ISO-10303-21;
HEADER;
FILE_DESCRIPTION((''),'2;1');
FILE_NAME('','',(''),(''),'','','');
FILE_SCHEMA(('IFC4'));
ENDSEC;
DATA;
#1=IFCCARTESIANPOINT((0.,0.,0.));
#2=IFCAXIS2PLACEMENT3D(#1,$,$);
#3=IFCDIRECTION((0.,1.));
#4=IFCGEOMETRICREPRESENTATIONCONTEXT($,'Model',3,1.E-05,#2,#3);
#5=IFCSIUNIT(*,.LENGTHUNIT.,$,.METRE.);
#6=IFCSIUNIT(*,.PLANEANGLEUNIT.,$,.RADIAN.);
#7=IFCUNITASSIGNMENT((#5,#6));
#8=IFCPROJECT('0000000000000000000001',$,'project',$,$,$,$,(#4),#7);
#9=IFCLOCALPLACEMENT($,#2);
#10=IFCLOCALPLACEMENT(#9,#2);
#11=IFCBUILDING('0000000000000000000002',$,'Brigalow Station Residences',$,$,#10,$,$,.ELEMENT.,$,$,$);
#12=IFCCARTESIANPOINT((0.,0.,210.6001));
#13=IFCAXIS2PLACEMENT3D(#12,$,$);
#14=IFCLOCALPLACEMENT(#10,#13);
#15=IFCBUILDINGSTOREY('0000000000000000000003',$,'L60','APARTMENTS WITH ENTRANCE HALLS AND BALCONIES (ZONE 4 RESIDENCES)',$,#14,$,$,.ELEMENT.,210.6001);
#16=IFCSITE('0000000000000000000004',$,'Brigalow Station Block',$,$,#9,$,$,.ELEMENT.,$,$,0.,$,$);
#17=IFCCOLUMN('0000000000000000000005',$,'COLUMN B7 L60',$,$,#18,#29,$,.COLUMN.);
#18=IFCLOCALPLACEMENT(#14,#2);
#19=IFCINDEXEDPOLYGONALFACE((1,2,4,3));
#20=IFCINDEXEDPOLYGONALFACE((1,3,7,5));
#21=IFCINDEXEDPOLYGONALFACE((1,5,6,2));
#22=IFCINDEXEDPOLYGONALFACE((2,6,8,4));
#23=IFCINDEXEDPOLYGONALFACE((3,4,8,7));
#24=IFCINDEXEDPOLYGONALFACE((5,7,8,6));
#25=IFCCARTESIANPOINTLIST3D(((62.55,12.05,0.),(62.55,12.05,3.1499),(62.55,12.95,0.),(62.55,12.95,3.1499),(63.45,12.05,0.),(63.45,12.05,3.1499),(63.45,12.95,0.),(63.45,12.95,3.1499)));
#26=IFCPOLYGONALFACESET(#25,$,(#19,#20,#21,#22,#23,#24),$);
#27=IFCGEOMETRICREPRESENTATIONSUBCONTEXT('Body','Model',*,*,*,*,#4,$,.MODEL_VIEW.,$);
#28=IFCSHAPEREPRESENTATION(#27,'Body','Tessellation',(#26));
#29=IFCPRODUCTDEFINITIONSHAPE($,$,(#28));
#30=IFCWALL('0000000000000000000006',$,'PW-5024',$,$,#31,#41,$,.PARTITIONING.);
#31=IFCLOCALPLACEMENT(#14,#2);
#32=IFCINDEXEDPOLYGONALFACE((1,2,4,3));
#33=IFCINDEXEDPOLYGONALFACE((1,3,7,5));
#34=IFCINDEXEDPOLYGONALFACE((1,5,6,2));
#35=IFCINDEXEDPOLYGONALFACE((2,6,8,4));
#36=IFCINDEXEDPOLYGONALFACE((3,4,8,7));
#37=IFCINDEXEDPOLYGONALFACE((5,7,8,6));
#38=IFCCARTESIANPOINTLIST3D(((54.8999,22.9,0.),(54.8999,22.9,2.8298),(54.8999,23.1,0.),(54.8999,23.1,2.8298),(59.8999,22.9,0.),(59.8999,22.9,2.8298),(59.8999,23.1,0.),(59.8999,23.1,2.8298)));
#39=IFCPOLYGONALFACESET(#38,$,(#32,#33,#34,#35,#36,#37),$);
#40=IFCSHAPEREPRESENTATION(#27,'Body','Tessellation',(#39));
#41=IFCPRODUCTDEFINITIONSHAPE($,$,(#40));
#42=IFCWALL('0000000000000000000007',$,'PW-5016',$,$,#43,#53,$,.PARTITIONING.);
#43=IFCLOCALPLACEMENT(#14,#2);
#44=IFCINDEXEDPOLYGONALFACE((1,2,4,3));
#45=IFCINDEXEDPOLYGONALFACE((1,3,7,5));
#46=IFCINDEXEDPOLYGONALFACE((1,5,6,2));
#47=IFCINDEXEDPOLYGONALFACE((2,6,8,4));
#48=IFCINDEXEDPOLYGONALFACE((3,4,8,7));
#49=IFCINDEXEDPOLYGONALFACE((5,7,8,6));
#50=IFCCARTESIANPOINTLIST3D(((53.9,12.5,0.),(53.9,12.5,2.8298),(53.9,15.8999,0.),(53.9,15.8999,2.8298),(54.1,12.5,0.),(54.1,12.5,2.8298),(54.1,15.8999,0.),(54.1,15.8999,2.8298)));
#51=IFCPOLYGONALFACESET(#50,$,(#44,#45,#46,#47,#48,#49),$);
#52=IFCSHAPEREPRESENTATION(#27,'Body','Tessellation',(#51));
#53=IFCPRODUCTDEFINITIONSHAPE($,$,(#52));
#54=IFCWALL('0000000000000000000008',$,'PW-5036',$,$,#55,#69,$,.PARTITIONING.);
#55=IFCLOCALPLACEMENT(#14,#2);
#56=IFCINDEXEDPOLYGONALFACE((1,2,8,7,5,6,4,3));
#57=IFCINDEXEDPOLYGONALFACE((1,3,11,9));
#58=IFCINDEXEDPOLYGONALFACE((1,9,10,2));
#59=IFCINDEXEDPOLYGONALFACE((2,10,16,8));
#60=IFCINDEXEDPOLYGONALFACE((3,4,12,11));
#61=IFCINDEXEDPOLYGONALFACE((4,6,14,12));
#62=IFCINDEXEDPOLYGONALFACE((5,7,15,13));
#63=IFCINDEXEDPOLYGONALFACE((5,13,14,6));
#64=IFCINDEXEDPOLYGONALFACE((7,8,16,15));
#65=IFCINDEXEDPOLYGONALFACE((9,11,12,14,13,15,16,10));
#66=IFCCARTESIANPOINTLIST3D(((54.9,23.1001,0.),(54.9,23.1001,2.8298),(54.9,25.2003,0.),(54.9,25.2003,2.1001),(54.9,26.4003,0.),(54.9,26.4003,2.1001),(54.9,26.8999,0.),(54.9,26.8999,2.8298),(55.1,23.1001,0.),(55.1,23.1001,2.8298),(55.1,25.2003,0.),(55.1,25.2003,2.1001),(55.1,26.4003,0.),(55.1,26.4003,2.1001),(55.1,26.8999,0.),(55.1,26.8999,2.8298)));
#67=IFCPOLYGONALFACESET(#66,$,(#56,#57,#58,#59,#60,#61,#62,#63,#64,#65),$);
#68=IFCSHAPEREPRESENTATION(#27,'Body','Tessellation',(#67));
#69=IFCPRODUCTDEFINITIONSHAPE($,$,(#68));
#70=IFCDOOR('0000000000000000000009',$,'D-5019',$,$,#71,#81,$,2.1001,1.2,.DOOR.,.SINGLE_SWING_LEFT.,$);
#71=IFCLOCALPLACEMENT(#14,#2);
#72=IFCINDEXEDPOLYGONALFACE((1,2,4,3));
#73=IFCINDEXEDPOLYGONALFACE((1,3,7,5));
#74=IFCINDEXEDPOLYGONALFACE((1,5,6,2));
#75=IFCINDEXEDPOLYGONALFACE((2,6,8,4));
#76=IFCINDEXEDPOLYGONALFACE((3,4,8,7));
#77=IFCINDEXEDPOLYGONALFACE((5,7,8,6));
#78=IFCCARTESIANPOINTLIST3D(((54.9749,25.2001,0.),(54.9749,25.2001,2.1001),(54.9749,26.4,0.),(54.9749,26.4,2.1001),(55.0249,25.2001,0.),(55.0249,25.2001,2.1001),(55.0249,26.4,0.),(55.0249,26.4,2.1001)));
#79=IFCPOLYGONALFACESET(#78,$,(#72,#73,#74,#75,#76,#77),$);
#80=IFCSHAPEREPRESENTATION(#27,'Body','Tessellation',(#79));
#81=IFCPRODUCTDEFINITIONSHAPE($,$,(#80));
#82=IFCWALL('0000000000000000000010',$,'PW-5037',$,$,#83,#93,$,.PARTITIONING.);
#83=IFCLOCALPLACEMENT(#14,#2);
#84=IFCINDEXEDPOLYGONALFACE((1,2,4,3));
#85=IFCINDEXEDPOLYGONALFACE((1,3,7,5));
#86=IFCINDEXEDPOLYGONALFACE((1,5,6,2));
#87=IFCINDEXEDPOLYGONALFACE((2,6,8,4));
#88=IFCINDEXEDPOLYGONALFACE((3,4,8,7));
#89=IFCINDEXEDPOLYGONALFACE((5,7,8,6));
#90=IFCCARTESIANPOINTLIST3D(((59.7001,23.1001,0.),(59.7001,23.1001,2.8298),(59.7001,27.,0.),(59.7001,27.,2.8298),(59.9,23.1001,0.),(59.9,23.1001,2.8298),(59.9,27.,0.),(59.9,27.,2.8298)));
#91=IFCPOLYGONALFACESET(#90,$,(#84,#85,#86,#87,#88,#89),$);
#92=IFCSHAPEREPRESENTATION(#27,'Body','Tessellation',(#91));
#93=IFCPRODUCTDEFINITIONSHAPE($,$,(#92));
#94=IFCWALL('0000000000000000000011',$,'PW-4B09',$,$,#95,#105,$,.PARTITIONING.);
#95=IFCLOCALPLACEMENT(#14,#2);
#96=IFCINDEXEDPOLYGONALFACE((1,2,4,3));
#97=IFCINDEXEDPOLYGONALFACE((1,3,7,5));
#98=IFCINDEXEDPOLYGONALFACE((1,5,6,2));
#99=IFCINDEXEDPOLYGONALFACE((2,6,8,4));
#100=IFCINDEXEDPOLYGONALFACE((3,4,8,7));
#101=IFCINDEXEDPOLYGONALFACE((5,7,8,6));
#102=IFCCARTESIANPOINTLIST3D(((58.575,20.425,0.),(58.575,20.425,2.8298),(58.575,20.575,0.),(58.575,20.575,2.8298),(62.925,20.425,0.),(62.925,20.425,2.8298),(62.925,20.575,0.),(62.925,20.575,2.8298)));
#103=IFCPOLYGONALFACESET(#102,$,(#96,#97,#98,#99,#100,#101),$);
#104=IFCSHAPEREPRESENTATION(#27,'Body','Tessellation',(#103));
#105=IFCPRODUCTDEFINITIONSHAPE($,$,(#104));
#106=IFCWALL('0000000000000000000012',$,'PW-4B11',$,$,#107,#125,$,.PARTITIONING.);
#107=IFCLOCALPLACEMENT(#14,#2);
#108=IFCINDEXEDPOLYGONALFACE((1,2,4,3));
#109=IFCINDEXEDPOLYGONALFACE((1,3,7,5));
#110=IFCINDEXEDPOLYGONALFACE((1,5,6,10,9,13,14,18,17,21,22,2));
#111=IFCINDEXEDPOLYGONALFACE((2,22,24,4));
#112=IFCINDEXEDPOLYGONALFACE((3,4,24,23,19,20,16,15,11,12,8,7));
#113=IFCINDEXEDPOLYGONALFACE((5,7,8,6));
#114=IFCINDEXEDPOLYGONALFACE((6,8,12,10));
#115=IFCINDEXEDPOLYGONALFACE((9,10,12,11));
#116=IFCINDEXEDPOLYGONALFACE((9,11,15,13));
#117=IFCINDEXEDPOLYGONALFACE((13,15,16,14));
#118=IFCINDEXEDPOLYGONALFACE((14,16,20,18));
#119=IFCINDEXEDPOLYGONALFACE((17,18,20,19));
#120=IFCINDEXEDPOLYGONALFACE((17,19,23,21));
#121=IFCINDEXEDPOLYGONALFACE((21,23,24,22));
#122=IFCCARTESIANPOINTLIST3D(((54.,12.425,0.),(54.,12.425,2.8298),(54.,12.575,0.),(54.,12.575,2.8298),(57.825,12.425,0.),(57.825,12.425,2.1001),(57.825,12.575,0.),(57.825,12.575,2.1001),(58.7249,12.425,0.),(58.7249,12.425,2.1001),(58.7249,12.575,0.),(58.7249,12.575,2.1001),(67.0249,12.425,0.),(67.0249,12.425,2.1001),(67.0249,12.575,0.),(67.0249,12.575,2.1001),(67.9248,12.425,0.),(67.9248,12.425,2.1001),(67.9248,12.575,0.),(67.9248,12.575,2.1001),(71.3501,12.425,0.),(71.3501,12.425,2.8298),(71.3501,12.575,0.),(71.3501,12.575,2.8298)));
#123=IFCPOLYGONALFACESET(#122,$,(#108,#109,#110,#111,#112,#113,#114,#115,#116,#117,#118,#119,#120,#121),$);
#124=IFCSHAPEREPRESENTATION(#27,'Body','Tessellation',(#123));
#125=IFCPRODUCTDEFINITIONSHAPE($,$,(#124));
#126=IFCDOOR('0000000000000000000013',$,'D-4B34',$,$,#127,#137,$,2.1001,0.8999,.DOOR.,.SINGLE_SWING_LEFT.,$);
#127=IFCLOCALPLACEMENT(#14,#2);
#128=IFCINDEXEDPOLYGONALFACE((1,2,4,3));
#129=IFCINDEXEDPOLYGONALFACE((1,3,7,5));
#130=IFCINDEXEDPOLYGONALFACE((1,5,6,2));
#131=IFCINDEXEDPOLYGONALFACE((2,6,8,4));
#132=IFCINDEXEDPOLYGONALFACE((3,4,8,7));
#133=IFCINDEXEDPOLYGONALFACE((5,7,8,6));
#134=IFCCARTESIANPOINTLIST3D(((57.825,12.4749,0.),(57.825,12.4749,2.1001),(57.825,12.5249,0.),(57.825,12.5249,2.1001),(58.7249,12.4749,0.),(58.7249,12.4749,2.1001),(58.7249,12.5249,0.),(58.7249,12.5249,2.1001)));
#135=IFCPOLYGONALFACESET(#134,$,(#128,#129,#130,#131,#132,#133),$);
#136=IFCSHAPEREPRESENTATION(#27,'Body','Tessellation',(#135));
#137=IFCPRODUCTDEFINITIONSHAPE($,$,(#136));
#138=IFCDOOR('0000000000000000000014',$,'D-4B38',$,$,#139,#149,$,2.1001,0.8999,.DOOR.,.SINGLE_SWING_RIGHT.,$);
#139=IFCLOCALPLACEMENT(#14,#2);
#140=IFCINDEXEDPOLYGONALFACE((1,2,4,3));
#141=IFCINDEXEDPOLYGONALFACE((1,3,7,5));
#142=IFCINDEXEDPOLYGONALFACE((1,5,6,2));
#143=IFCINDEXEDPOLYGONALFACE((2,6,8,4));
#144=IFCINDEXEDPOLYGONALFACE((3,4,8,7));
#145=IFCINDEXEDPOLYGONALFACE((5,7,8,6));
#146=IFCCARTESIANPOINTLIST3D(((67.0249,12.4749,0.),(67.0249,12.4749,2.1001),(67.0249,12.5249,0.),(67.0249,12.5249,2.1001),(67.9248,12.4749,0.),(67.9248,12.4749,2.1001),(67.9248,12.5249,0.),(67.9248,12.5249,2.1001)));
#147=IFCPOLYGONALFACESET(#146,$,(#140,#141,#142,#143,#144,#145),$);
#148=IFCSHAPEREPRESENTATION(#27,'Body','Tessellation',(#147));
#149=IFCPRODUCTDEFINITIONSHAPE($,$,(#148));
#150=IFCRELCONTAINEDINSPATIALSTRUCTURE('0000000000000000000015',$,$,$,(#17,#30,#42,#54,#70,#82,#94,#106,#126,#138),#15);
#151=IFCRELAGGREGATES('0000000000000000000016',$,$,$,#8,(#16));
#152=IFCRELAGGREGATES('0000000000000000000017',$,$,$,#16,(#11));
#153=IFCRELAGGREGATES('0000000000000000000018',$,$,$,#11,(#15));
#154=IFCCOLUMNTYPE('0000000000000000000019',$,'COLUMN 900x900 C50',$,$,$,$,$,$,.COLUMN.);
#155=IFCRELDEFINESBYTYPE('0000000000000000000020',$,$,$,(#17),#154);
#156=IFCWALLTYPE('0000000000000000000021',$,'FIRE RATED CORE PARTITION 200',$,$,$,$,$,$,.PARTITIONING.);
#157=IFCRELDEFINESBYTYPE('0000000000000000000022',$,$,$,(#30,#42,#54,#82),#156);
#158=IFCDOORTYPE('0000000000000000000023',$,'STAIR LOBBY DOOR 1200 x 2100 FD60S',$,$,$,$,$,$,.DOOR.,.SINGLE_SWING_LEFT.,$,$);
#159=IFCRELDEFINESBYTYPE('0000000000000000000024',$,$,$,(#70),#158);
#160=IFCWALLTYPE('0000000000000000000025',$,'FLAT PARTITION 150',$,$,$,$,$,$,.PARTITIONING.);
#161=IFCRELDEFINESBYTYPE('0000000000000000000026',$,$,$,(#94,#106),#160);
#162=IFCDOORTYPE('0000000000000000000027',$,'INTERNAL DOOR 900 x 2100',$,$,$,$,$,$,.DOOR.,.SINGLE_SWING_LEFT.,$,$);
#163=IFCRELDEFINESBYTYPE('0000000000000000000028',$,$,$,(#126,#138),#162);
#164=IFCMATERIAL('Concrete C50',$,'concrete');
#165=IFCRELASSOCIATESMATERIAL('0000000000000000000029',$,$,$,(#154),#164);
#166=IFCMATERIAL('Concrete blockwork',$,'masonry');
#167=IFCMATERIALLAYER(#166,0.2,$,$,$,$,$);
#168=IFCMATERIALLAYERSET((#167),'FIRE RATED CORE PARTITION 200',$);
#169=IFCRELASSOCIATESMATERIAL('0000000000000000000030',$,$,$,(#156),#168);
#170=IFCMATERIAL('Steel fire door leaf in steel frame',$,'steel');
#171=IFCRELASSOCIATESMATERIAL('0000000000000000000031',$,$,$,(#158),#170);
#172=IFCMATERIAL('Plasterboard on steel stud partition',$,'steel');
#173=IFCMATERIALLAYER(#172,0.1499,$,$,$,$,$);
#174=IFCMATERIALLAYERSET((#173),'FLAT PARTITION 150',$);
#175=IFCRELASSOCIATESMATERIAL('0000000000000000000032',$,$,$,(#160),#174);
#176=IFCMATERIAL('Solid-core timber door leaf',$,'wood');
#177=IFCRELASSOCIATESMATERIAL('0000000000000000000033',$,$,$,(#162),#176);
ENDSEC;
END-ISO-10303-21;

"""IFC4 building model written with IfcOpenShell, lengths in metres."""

from ifc_helpers import new_model, si_unit, direction, frame, frame_2d, origin, origin_2d, place, context, subcontext, project, spatial, rectangle, extrude, material, layer, layer_set, material_profile, profile_set, type_object, element, fill, save


model = new_model("IFC4")

# Units and contexts
model_context = context("Model", 3, precision=1e-05, world=origin(), true_north=direction((0.0, 1.0)))
body_context = subcontext(model_context, "Body", "Model", "MODEL_VIEW")
ifc_project = project(units=[si_unit("LENGTHUNIT", "METRE"), si_unit("PLANEANGLEUNIT", "RADIAN")], contexts=[model_context])

# Site, building, storey
site_placement = place(None, origin())
site = spatial("IfcSite", under=ifc_project, at=site_placement, Name="Brigalow Station Block", CompositionType="ELEMENT", RefElevation=0.0)
building_placement = place(site_placement, origin())
building = spatial("IfcBuilding", under=site, at=building_placement, Name="Brigalow Station Residences", CompositionType="ELEMENT")
storey_placement = place(building_placement, frame((0.0, 0.0, 210.6001)))
storey = spatial("IfcBuildingStorey", under=building, at=storey_placement, Name="L60", Description="APARTMENTS WITH ENTRANCE HALLS AND BALCONIES (ZONE 4 RESIDENCES)", CompositionType="ELEMENT", Elevation=210.6001)

# Column
ifc_material_1 = material(Name="Concrete C50", Category="concrete")
ifc_material_profile = material_profile(ifc_material_1, rectangle(XDim=0.8999, YDim=0.8999, at=origin_2d()), Name="RC900x900")
ifc_profile_set = profile_set([ifc_material_profile], Name="Concrete C50")
column_type = type_object("IfcColumnType", Name="COLUMN 900x900 C50", PredefinedType="COLUMN", material=ifc_profile_set)
column_placement = place(storey_placement, frame((63.0, 12.5, 0.0), z_axis=(0.0, 0.0, 1.0), x_axis=(1.0, 0.0, 0.0)))
element("IfcColumn", 1, at=column_placement, inside=storey, type_object=column_type, Name="COLUMN B7 L60", PredefinedType="COLUMN", context=body_context, shape_type="SweptSolid", body=[
    extrude(rectangle(XDim=0.8999, YDim=0.8999, at=origin_2d()), origin(), (0.0, 0.0, 1.0), 3.1499),
])

# Walls
ifc_material_2 = material(Name="Concrete blockwork", Category="masonry")
ifc_layer_1 = layer(ifc_material_2, 0.2)
ifc_layer_set_1 = layer_set([ifc_layer_1], Name="FIRE RATED CORE PARTITION 200")
wall_type_1 = type_object("IfcWallType", Name="FIRE RATED CORE PARTITION 200", PredefinedType="PARTITIONING", material=ifc_layer_set_1)
wall_1_placement = place(storey_placement, frame((54.8999, 23.0, 0.0), z_axis=(0.0, 0.0, 1.0), x_axis=(1.0, 0.0, 0.0)))
element("IfcWall", 2, at=wall_1_placement, inside=storey, type_object=wall_type_1, Name="PW-5024", PredefinedType="PARTITIONING", context=body_context, shape_type="SweptSolid", body=[
    extrude(rectangle(XDim=5.0, YDim=0.2, at=frame_2d((2.5, 0.0))), origin(), (0.0, 0.0, 1.0), 2.8298),
])
wall_2_placement = place(storey_placement, frame((54.0, 12.5, 0.0), z_axis=(0.0, 0.0, 1.0), x_axis=(0.0, 1.0, 0.0)))
element("IfcWall", 3, at=wall_2_placement, inside=storey, type_object=wall_type_1, Name="PW-5016", PredefinedType="PARTITIONING", context=body_context, shape_type="SweptSolid", body=[
    extrude(rectangle(XDim=3.3999, YDim=0.2, at=frame_2d((1.7, 0.0))), origin(), (0.0, 0.0, 1.0), 2.8298),
])

# Wall, opening, door
wall_3_placement = place(storey_placement, frame((55.0, 23.1001, 0.0), z_axis=(0.0, 0.0, 1.0), x_axis=(0.0, 1.0, 0.0)))
wall_3 = element("IfcWall", 4, at=wall_3_placement, inside=storey, type_object=wall_type_1, Name="PW-5036", PredefinedType="PARTITIONING", context=body_context, shape_type="SweptSolid", body=[
    extrude(rectangle(XDim=3.7998, YDim=0.2, at=frame_2d((1.8999, 0.0))), origin(), (0.0, 0.0, 1.0), 2.8298),
])
opening_1_placement = place(wall_3_placement, frame((2.1001, 0.0, 0.0)))
opening_1 = element("IfcOpeningElement", 5, at=opening_1_placement, cuts=wall_3, PredefinedType="OPENING", context=body_context, shape_type="SweptSolid", body=[
    extrude(rectangle(XDim=1.2, YDim=2.1001, at=frame_2d((0.6001, 1.05))), frame((0.0, 0.1099, 0.0), z_axis=(0.0, -1.0, 0.0), x_axis=(1.0, 0.0, 0.0)), (0.0, 0.0, 1.0), 0.22),
])
ifc_material_3 = material(Name="Steel fire door leaf in steel frame", Category="steel")
door_type_1 = type_object("IfcDoorType", Name="STAIR LOBBY DOOR 1200 x 2100 FD60S", OperationType="SINGLE_SWING_LEFT", PredefinedType="DOOR", material=ifc_material_3)
door_1_placement = place(opening_1_placement, frame((1.2, 0.0, 0.0), z_axis=(0.0, 0.0, 1.0), x_axis=(-1.0, 0.0, 0.0)))
door_1 = element("IfcDoor", 6, at=door_1_placement, inside=storey, type_object=door_type_1, Name="D-5019", OperationType="SINGLE_SWING_LEFT", OverallHeight=2.1001, OverallWidth=1.2, PredefinedType="DOOR", context=body_context, shape_type="SweptSolid", body=[
    extrude(rectangle(XDim=1.2, YDim=2.1001, at=frame_2d((0.6001, 1.05))), frame((0.0, 0.0249, 0.0), z_axis=(0.0, -1.0, 0.0), x_axis=(1.0, 0.0, 0.0)), (0.0, 0.0, 1.0), 0.05),
])
fill(opening_1, door_1)

# Walls
wall_4_placement = place(storey_placement, frame((59.8, 23.1001, 0.0), z_axis=(0.0, 0.0, 1.0), x_axis=(0.0, 1.0, 0.0)))
element("IfcWall", 7, at=wall_4_placement, inside=storey, type_object=wall_type_1, Name="PW-5037", PredefinedType="PARTITIONING", context=body_context, shape_type="SweptSolid", body=[
    extrude(rectangle(XDim=3.8999, YDim=0.2, at=frame_2d((1.95, 0.0))), origin(), (0.0, 0.0, 1.0), 2.8298),
])
ifc_material_4 = material(Name="Plasterboard on steel stud partition", Category="steel")
ifc_layer_2 = layer(ifc_material_4, 0.1499)
ifc_layer_set_2 = layer_set([ifc_layer_2], Name="FLAT PARTITION 150")
wall_type_2 = type_object("IfcWallType", Name="FLAT PARTITION 150", PredefinedType="PARTITIONING", material=ifc_layer_set_2)
wall_5_placement = place(storey_placement, frame((58.575, 20.5, 0.0), z_axis=(0.0, 0.0, 1.0), x_axis=(1.0, 0.0, 0.0)))
element("IfcWall", 8, at=wall_5_placement, inside=storey, type_object=wall_type_2, Name="PW-4B09", PredefinedType="PARTITIONING", context=body_context, shape_type="SweptSolid", body=[
    extrude(rectangle(XDim=4.3501, YDim=0.1499, at=frame_2d((2.175, 0.0))), origin(), (0.0, 0.0, 1.0), 2.8298),
])

# Wall, openings, doors
wall_6_placement = place(storey_placement, frame((54.0, 12.5, 0.0), z_axis=(0.0, 0.0, 1.0), x_axis=(1.0, 0.0, 0.0)))
wall_6 = element("IfcWall", 9, at=wall_6_placement, inside=storey, type_object=wall_type_2, Name="PW-4B11", PredefinedType="PARTITIONING", context=body_context, shape_type="SweptSolid", body=[
    extrude(rectangle(XDim=17.3501, YDim=0.1499, at=frame_2d((8.675, 0.0))), origin(), (0.0, 0.0, 1.0), 2.8298),
])
opening_2_placement = place(wall_6_placement, frame((3.825, 0.0, 0.0)))
opening_2 = element("IfcOpeningElement", 10, at=opening_2_placement, cuts=wall_6, PredefinedType="OPENING", context=body_context, shape_type="SweptSolid", body=[
    extrude(rectangle(XDim=0.8999, YDim=2.1001, at=frame_2d((0.45, 1.05))), frame((0.0, 0.085, 0.0), z_axis=(0.0, -1.0, 0.0), x_axis=(1.0, 0.0, 0.0)), (0.0, 0.0, 1.0), 0.1699),
])
opening_3_placement = place(wall_6_placement, frame((13.0249, 0.0, 0.0)))
opening_3 = element("IfcOpeningElement", 11, at=opening_3_placement, cuts=wall_6, PredefinedType="OPENING", context=body_context, shape_type="SweptSolid", body=[
    extrude(rectangle(XDim=0.8999, YDim=2.1001, at=frame_2d((0.45, 1.05))), frame((0.0, 0.085, 0.0), z_axis=(0.0, -1.0, 0.0), x_axis=(1.0, 0.0, 0.0)), (0.0, 0.0, 1.0), 0.1699),
])
ifc_material_5 = material(Name="Solid-core timber door leaf", Category="wood")
door_type_2 = type_object("IfcDoorType", Name="INTERNAL DOOR 900 x 2100", OperationType="SINGLE_SWING_LEFT", PredefinedType="DOOR", material=ifc_material_5)
door_2_placement = place(opening_2_placement, origin())
door_2 = element("IfcDoor", 12, at=door_2_placement, inside=storey, type_object=door_type_2, Name="D-4B34", OperationType="SINGLE_SWING_LEFT", OverallHeight=2.1001, OverallWidth=0.8999, PredefinedType="DOOR", context=body_context, shape_type="SweptSolid", body=[
    extrude(rectangle(XDim=0.8999, YDim=2.1001, at=frame_2d((0.45, 1.05))), frame((0.0, 0.0249, 0.0), z_axis=(0.0, -1.0, 0.0), x_axis=(1.0, 0.0, 0.0)), (0.0, 0.0, 1.0), 0.05),
])
fill(opening_2, door_2)
door_3_placement = place(opening_3_placement, origin())
door_3 = element("IfcDoor", 13, at=door_3_placement, inside=storey, type_object=door_type_2, Name="D-4B38", OperationType="SINGLE_SWING_RIGHT", OverallHeight=2.1001, OverallWidth=0.8999, PredefinedType="DOOR", context=body_context, shape_type="SweptSolid", body=[
    extrude(rectangle(XDim=0.8999, YDim=2.1001, at=frame_2d((0.45, 1.05))), frame((0.0, 0.0249, 0.0), z_axis=(0.0, -1.0, 0.0), x_axis=(1.0, 0.0, 0.0)), (0.0, 0.0, 1.0), 0.05),
])
fill(opening_3, door_3)

save(model, "model.ifc")
